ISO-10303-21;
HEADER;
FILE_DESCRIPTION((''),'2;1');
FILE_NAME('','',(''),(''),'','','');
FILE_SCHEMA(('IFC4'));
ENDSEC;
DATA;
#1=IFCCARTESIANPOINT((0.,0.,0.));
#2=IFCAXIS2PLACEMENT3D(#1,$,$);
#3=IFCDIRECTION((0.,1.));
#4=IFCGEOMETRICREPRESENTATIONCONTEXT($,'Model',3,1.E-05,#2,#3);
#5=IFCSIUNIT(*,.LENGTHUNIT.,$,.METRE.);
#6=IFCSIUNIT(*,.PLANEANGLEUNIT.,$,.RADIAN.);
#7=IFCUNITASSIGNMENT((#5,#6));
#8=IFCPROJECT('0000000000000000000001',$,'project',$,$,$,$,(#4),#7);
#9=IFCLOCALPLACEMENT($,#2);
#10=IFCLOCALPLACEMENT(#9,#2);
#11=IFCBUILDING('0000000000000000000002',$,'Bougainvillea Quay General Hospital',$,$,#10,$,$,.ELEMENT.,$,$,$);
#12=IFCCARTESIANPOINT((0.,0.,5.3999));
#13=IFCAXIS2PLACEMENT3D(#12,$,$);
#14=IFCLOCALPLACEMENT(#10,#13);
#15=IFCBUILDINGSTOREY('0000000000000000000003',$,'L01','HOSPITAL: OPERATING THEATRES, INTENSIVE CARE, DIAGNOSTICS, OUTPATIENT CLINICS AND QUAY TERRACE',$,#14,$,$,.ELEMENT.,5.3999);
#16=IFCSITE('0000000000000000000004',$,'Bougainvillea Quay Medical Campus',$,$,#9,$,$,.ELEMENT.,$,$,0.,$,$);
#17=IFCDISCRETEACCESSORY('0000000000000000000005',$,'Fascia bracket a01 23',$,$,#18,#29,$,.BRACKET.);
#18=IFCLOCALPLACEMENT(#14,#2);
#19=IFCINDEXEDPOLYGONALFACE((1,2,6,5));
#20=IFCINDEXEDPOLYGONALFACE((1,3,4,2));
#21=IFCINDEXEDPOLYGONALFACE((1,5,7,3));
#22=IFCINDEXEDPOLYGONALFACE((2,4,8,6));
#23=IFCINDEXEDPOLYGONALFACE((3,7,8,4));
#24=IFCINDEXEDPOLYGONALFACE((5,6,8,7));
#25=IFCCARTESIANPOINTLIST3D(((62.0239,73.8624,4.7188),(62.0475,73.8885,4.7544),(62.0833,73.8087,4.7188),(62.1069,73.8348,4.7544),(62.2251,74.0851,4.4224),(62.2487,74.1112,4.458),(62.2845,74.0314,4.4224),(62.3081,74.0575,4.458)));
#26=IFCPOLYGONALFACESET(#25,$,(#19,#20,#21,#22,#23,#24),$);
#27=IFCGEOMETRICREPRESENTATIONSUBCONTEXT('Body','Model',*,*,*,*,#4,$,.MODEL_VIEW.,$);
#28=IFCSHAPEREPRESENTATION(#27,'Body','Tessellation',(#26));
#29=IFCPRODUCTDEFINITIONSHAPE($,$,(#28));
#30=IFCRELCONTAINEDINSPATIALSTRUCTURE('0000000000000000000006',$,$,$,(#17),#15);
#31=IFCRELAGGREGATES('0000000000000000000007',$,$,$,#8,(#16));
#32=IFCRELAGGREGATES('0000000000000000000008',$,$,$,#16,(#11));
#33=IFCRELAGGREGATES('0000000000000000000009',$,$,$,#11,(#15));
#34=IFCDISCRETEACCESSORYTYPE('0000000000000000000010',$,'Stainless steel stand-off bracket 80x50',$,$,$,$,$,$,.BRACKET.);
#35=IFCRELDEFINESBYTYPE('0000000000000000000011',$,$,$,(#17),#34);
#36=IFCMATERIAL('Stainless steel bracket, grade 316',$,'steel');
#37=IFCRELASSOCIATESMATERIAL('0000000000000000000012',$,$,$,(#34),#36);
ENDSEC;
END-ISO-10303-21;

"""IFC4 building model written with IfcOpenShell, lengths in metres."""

from ifc_helpers import new_model, si_unit, direction, frame, origin, origin_2d, place, context, subcontext, project, spatial, rectangle, extrude, material, material_profile, profile_set, type_object, element, save


model = new_model("IFC4")

# Units and contexts
model_context = context("Model", 3, precision=1e-05, world=origin(), true_north=direction((0.0, 1.0)))
body_context = subcontext(model_context, "Body", "Model", "MODEL_VIEW")
ifc_project = project(units=[si_unit("LENGTHUNIT", "METRE"), si_unit("PLANEANGLEUNIT", "RADIAN")], contexts=[model_context])

# Site, building, storey
site_placement = place(None, origin())
site = spatial("IfcSite", under=ifc_project, at=site_placement, Name="Bougainvillea Quay Medical Campus", CompositionType="ELEMENT", RefElevation=0.0)
building_placement = place(site_placement, origin())
building = spatial("IfcBuilding", under=site, at=building_placement, Name="Bougainvillea Quay General Hospital", CompositionType="ELEMENT")
storey_placement = place(building_placement, frame((0.0, 0.0, 5.3999)))
storey = spatial("IfcBuildingStorey", under=building, at=storey_placement, Name="L01", Description="HOSPITAL: OPERATING THEATRES, INTENSIVE CARE, DIAGNOSTICS, OUTPATIENT CLINICS AND QUAY TERRACE", CompositionType="ELEMENT", Elevation=5.3999)

# Discrete accessory
ifc_material_1 = material(Name="Stainless steel bracket, grade 316", Category="steel")
ifc_material_profile_1 = material_profile(ifc_material_1, rectangle(XDim=0.0801, YDim=0.05, at=origin_2d()))
ifc_profile_set_1 = profile_set([ifc_material_profile_1], Name="Stainless steel bracket, grade 316")
discrete_accessory_type_1 = type_object("IfcDiscreteAccessoryType", Name="Stainless steel stand-off bracket 80x50", PredefinedType="BRACKET", material=ifc_profile_set_1)
discrete_accessory_1_placement = place(storey_placement, frame((62.2666, 74.0713, 4.4402), z_axis=(-0.476969, -0.527908, 0.702719), x_axis=(0.741998, -0.670402, 0.0)))
element("IfcDiscreteAccessory", 1, at=discrete_accessory_1_placement, inside=storey, type_object=discrete_accessory_type_1, Name="Fascia bracket a01 23", PredefinedType="BRACKET", context=body_context, shape_type="SweptSolid", body=[
    extrude(rectangle(XDim=0.0801, YDim=0.05, at=origin_2d()), origin(), (0.0, 0.0, 1.0), 0.4219),
])

save(model, "model.ifc")
